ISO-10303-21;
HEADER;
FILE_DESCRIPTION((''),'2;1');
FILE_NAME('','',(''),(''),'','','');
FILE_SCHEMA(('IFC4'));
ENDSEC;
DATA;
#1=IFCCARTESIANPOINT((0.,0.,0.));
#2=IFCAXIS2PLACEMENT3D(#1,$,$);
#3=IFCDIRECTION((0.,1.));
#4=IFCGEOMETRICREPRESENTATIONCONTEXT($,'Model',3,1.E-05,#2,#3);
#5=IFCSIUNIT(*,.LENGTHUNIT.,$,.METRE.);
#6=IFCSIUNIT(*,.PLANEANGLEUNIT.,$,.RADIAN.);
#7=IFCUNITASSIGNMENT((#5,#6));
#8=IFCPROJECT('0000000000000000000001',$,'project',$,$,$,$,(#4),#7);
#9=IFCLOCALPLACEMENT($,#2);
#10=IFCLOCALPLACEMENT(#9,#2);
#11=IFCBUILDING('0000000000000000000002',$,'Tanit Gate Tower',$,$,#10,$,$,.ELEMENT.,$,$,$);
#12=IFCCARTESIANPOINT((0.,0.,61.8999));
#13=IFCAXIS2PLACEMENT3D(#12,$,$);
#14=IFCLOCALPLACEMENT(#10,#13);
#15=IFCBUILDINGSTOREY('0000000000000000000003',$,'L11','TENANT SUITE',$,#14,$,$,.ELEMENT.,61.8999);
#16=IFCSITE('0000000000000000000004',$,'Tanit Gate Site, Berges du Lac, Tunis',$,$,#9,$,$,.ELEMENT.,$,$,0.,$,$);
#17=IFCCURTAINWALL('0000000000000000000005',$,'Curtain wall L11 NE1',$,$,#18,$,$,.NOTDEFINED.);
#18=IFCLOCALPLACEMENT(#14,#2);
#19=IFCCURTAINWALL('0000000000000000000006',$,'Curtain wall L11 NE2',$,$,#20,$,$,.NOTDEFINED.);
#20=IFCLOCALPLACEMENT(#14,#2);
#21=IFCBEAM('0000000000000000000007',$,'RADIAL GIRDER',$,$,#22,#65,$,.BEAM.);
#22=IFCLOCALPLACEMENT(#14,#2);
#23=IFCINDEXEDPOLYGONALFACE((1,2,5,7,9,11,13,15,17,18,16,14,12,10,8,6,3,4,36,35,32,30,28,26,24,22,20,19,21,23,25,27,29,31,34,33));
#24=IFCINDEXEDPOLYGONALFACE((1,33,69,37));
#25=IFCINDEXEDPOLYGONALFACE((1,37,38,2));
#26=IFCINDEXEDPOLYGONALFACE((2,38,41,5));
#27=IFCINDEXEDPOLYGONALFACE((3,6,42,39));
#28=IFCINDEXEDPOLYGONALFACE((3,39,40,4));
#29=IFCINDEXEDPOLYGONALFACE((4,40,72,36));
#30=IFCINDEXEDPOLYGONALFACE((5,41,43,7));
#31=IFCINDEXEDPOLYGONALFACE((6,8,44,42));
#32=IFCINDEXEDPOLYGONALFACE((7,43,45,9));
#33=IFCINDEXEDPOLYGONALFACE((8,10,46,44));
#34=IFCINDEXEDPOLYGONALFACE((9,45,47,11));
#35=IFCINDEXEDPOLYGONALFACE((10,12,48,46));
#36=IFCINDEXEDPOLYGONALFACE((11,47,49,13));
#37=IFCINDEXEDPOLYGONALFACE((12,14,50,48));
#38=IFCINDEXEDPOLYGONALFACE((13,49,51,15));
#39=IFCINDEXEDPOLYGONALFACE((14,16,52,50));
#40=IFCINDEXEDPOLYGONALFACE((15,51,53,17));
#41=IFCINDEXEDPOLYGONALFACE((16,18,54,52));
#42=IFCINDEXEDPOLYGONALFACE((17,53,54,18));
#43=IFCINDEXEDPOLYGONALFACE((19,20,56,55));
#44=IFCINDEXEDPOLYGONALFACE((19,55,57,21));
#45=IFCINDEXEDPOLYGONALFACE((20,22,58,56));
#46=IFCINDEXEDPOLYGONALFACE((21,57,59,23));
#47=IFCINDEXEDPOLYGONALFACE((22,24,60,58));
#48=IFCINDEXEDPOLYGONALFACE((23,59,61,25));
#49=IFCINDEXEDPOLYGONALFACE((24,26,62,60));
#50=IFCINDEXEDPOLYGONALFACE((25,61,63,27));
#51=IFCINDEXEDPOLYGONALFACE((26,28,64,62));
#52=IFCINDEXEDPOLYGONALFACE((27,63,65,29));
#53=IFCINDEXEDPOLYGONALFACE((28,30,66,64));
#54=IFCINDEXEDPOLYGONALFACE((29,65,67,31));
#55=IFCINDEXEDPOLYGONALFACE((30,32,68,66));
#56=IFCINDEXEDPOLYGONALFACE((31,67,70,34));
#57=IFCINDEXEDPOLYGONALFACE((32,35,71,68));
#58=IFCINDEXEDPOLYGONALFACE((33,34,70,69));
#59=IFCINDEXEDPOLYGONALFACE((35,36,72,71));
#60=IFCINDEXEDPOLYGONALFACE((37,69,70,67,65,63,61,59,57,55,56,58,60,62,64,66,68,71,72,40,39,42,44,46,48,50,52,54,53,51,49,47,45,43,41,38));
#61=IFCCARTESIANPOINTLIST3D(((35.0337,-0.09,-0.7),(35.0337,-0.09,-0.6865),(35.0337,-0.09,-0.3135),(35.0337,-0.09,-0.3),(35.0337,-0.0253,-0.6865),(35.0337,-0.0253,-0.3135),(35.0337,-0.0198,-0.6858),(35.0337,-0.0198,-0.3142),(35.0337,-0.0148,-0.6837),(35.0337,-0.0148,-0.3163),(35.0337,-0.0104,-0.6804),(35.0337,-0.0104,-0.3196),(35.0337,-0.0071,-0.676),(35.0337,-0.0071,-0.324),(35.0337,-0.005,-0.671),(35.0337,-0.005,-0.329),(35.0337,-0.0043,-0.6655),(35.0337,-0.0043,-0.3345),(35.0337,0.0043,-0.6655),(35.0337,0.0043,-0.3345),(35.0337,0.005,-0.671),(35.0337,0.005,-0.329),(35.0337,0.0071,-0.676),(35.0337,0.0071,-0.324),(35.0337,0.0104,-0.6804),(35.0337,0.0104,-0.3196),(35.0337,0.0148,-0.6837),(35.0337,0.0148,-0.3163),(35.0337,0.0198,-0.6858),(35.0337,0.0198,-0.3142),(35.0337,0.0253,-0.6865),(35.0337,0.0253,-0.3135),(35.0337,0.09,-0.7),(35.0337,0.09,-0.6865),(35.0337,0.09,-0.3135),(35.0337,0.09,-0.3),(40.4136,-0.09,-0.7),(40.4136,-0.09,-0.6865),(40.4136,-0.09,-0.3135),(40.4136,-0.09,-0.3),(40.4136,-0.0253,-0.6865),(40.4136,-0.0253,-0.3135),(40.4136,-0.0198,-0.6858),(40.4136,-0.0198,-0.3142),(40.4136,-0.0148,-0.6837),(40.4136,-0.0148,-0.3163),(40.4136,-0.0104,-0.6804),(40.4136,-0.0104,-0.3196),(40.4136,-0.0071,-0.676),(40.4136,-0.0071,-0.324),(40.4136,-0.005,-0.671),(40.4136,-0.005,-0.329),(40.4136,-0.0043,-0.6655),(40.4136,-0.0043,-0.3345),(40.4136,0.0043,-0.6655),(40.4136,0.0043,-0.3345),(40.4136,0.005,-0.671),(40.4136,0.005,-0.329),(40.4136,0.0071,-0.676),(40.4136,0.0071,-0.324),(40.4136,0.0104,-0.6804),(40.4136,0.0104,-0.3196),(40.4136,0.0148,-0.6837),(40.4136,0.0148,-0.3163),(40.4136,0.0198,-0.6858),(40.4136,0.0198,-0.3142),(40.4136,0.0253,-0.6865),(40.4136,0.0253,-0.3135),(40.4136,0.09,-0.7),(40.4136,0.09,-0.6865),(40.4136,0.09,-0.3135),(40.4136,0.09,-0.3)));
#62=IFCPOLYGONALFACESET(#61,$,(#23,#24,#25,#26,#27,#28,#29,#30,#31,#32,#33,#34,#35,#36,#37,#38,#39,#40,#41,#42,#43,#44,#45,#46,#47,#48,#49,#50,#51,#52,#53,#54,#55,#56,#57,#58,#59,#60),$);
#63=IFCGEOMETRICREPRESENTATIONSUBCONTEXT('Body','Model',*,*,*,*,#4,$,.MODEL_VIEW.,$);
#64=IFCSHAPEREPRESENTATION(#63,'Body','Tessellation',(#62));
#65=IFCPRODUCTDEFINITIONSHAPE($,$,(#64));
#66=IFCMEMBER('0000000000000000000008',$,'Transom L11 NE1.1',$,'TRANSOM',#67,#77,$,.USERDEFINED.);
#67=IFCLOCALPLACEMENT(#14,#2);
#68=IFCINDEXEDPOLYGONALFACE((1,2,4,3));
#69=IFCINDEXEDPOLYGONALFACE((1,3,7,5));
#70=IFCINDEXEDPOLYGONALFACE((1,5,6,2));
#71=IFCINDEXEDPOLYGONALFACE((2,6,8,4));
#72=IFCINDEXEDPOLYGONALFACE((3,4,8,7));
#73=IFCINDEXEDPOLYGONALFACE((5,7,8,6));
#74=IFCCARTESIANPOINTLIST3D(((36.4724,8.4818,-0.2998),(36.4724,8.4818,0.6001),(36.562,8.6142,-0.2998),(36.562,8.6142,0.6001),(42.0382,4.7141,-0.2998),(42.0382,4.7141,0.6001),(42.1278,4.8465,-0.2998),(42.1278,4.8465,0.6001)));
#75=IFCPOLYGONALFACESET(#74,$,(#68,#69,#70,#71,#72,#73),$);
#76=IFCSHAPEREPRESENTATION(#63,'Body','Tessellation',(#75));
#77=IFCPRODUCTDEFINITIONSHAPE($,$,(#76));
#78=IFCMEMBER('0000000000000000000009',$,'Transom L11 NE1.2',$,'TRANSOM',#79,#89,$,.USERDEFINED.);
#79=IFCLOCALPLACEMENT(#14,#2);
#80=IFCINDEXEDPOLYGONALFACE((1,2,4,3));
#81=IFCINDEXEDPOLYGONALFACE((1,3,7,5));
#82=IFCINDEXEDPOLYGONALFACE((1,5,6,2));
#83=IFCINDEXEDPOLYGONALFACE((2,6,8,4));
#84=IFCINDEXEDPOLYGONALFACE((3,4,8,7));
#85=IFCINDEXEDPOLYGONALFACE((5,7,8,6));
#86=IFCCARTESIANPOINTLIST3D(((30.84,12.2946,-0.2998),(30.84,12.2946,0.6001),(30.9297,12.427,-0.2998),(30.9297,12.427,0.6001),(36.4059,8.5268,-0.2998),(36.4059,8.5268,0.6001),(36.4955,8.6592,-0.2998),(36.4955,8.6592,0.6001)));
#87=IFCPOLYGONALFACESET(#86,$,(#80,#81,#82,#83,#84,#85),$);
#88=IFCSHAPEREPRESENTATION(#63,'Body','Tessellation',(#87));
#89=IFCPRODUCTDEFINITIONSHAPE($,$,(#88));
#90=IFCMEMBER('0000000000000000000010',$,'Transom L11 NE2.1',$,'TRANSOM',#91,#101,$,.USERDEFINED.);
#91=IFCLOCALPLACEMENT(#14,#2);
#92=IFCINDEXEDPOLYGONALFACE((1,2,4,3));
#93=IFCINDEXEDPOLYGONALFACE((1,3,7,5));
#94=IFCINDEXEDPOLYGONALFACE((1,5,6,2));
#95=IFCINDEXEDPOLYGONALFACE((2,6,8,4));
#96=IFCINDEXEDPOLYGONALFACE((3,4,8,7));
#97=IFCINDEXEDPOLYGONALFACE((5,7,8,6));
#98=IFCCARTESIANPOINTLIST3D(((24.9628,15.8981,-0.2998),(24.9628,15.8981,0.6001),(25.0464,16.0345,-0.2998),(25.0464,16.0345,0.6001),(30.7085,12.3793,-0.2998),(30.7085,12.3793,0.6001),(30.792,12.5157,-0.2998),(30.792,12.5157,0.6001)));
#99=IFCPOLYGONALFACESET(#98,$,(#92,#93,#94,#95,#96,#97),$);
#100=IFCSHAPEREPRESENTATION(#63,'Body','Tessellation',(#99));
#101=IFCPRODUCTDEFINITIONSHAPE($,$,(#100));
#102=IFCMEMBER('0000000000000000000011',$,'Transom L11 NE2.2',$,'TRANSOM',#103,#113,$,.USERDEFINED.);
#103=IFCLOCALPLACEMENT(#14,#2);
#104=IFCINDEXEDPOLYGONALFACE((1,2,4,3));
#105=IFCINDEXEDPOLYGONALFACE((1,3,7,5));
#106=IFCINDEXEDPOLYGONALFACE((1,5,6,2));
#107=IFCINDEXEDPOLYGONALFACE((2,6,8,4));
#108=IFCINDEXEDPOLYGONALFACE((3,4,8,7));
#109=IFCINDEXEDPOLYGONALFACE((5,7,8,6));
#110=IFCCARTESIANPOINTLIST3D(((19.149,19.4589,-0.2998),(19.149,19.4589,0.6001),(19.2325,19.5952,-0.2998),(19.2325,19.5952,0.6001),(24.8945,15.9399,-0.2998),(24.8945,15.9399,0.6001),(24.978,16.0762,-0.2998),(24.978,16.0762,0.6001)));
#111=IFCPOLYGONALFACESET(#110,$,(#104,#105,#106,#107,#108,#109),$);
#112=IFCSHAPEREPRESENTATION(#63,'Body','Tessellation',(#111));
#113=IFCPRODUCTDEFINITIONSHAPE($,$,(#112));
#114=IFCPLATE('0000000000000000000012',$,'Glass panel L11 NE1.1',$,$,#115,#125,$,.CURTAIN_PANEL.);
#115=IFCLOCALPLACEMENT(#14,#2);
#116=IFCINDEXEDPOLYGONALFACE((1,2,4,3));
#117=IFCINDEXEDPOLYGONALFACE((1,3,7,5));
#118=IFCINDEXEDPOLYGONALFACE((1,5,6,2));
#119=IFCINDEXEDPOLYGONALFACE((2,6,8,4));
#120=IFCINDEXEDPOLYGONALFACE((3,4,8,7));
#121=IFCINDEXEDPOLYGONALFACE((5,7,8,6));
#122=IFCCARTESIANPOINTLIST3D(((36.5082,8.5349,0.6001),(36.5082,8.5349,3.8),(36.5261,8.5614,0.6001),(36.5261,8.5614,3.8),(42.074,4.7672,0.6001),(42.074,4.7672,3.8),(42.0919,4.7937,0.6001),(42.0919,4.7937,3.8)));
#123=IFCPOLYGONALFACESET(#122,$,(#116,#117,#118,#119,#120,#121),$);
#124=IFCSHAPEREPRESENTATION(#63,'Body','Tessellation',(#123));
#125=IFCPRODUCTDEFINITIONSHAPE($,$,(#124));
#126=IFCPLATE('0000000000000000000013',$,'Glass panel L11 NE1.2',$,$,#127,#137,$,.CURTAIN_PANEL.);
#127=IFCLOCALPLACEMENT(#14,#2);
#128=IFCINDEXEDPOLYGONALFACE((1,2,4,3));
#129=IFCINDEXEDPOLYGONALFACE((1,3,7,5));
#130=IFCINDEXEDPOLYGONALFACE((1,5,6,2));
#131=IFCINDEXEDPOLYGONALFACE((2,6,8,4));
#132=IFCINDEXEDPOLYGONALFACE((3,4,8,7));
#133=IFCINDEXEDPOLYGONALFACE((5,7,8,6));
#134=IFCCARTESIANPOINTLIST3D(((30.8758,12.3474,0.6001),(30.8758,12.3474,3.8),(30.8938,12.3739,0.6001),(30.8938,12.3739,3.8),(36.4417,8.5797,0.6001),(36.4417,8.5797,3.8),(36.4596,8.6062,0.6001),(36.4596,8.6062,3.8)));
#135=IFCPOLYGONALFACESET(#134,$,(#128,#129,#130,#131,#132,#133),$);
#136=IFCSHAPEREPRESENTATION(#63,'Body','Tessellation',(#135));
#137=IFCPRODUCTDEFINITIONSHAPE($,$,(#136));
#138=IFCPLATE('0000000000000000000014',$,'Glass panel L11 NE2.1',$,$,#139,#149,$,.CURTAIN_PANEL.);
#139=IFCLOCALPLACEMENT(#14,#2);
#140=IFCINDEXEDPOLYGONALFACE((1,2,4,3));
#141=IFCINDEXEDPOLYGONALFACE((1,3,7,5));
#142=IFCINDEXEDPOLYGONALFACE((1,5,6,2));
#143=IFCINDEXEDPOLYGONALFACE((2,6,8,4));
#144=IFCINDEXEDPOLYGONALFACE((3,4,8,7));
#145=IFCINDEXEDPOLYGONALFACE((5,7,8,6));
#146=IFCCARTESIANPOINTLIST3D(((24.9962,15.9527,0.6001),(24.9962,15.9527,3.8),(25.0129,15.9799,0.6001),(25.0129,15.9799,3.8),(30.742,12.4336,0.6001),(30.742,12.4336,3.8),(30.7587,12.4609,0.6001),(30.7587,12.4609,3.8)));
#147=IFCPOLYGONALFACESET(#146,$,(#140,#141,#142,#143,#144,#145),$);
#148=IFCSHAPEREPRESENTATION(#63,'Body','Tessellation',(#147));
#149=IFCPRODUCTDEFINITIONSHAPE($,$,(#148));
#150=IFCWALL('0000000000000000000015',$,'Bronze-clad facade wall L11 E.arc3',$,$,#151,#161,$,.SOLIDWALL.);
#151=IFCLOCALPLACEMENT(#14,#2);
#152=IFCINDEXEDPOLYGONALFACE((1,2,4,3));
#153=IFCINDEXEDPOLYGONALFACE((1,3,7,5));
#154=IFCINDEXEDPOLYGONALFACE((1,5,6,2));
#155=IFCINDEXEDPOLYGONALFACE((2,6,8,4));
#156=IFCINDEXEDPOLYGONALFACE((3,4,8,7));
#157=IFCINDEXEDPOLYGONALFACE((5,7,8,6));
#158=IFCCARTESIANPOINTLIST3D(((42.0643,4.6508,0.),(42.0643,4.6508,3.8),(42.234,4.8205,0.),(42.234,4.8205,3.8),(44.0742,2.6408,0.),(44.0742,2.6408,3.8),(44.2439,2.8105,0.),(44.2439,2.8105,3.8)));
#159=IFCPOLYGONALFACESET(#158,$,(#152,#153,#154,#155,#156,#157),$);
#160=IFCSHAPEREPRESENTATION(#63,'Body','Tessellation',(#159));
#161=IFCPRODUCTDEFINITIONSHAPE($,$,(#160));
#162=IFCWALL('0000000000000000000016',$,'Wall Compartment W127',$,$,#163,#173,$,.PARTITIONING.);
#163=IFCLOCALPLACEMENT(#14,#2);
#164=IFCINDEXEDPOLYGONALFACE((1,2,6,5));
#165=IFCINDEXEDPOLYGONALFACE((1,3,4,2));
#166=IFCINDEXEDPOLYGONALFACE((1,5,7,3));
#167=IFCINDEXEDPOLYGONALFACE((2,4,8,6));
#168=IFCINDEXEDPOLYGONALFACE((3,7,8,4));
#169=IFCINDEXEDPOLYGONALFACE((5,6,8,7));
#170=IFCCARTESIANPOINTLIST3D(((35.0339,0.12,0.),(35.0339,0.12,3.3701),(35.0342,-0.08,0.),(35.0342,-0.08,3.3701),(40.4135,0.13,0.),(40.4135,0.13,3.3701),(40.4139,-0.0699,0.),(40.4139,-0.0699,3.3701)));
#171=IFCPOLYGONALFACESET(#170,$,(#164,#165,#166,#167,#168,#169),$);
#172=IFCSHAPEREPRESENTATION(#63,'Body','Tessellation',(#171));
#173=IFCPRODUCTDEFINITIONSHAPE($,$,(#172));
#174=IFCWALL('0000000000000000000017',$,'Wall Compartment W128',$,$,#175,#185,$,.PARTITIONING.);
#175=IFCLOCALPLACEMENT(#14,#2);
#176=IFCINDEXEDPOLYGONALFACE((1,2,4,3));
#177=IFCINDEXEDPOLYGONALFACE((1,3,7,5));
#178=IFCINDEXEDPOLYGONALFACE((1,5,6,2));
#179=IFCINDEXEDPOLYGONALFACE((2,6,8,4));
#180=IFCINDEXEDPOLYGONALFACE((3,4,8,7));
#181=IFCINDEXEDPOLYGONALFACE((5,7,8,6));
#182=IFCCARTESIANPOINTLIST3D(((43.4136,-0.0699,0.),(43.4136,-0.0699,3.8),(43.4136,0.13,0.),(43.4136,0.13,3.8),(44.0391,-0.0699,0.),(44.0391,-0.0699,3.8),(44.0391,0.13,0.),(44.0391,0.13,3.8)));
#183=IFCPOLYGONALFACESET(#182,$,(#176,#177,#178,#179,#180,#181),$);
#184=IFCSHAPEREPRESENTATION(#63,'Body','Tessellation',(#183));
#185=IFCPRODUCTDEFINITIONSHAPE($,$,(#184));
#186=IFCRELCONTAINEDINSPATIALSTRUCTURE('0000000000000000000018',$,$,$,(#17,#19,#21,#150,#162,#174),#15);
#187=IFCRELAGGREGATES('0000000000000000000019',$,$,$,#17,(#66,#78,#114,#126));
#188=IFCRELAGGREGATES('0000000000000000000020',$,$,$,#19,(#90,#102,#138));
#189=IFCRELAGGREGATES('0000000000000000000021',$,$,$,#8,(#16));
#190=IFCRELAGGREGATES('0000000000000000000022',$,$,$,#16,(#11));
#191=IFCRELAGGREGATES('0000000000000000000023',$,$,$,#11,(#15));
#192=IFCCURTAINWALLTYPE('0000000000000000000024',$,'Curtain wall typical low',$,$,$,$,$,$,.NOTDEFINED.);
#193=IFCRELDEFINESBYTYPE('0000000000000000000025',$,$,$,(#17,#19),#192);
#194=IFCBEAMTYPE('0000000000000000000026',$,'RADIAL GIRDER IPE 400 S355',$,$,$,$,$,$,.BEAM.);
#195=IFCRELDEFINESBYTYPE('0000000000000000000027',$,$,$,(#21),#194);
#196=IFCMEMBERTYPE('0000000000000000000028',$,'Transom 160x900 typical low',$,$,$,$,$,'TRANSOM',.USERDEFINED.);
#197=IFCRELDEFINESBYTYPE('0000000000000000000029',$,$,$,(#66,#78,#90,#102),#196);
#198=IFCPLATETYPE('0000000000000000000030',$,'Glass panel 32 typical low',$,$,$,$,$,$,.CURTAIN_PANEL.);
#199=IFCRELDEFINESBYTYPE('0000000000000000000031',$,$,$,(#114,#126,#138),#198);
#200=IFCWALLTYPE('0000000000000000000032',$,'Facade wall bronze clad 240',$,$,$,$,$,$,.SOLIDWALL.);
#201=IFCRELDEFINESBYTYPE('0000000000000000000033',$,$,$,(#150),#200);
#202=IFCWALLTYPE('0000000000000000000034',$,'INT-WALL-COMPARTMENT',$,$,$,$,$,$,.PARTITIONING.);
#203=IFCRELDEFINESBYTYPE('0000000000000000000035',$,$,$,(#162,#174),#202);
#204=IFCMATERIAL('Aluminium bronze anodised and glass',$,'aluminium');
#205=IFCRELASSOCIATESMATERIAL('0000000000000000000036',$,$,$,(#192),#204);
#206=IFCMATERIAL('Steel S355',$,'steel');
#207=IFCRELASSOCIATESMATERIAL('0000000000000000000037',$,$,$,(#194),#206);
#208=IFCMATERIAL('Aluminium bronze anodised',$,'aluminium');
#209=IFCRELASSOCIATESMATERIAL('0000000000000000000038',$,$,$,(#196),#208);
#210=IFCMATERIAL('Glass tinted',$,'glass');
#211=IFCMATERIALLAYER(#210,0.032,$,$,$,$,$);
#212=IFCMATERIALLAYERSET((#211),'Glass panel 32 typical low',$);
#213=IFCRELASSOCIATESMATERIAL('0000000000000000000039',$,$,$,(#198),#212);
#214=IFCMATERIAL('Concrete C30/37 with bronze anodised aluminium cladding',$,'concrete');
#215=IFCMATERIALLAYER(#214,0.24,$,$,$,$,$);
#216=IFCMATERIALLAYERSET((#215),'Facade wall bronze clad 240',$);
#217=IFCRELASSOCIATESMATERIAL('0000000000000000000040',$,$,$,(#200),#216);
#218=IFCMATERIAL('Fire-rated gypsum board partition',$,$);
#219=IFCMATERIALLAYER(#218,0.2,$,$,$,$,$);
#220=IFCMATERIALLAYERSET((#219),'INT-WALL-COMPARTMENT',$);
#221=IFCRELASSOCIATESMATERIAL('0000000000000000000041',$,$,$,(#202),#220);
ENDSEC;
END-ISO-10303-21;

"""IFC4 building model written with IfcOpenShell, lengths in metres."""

from ifc_helpers import new_model, si_unit, direction, frame, frame_2d, origin, origin_2d, place, context, subcontext, project, spatial, rectangle, i_section, extrude, material, layer, layer_set, material_profile, profile_set, type_object, element, aggregate, save


model = new_model("IFC4")

# Units and contexts
model_context = context("Model", 3, precision=1e-05, world=origin(), true_north=direction((0.0, 1.0)))
body_context = subcontext(model_context, "Body", "Model", "MODEL_VIEW")
ifc_project = project(units=[si_unit("LENGTHUNIT", "METRE"), si_unit("PLANEANGLEUNIT", "RADIAN")], contexts=[model_context])

# Site, building, storey
site_placement = place(None, origin())
site = spatial("IfcSite", under=ifc_project, at=site_placement, Name="Tanit Gate Site, Berges du Lac, Tunis", CompositionType="ELEMENT", RefElevation=0.0)
building_placement = place(site_placement, origin())
building = spatial("IfcBuilding", under=site, at=building_placement, Name="Tanit Gate Tower", CompositionType="ELEMENT")
storey_placement = place(building_placement, frame((0.0, 0.0, 61.8999)))
storey = spatial("IfcBuildingStorey", under=building, at=storey_placement, Name="L11", Description="TENANT SUITE", CompositionType="ELEMENT", Elevation=61.8999)

# Curtain walls
ifc_material_1 = material(Name="Aluminium bronze anodised and glass", Category="aluminium")
curtain_wall_type = type_object("IfcCurtainWallType", Name="Curtain wall typical low", PredefinedType="NOTDEFINED", material=ifc_material_1)
curtain_wall_1_placement = place(storey_placement, origin())
curtain_wall_1 = element("IfcCurtainWall", 1, at=curtain_wall_1_placement, inside=storey, type_object=curtain_wall_type, Name="Curtain wall L11 NE1", PredefinedType="NOTDEFINED")
curtain_wall_2_placement = place(storey_placement, origin())
curtain_wall_2 = element("IfcCurtainWall", 2, at=curtain_wall_2_placement, inside=storey, type_object=curtain_wall_type, Name="Curtain wall L11 NE2", PredefinedType="NOTDEFINED")

# Beam
ifc_material_2 = material(Name="Steel S355", Category="steel")
ifc_material_profile_1 = material_profile(ifc_material_2, i_section(OverallWidth=0.1799, OverallDepth=0.3999, WebThickness=0.0085, FlangeThickness=0.0134, FilletRadius=0.021, at=origin_2d()), Name="IPE 400")
ifc_profile_set_1 = profile_set([ifc_material_profile_1], Name="Steel S355")
beam_type_1 = type_object("IfcBeamType", Name="RADIAL GIRDER IPE 400 S355", PredefinedType="BEAM", material=ifc_profile_set_1)
beam_1_placement = place(storey_placement, frame((40.4136, 0.0, -0.5), z_axis=(-1.0, 0.0, 0.0), x_axis=(0.0, -1.0, 0.0)))
element("IfcBeam", 3, at=beam_1_placement, inside=storey, type_object=beam_type_1, Name="RADIAL GIRDER", PredefinedType="BEAM", context=body_context, shape_type="SweptSolid", body=[
    extrude(i_section(OverallWidth=0.1799, OverallDepth=0.3999, WebThickness=0.0085, FlangeThickness=0.0134, FilletRadius=0.021, at=origin_2d()), origin(), (0.0, 0.0, 1.0), 5.3799),
])

# Members
ifc_material_3 = material(Name="Aluminium bronze anodised", Category="aluminium")
ifc_material_profile_2 = material_profile(ifc_material_3, rectangle(XDim=0.1599, YDim=0.8999, at=origin_2d()), Name="160x900 bronze transom")
ifc_profile_set_2 = profile_set([ifc_material_profile_2], Name="Aluminium bronze anodised")
member_type_1 = type_object("IfcMemberType", Name="Transom 160x900 typical low", ElementType="TRANSOM", PredefinedType="USERDEFINED", material=ifc_profile_set_2)
member_1_placement = place(storey_placement, frame((42.083, 4.7803, 0.1501), z_axis=(-0.828101, 0.560579, 0.0), x_axis=(-0.560579, -0.828101, 0.0)))
member_1 = element("IfcMember", 4, at=member_1_placement, type_object=member_type_1, Name="Transom L11 NE1.1", ObjectType="TRANSOM", PredefinedType="USERDEFINED", context=body_context, shape_type="SweptSolid", body=[
    extrude(rectangle(XDim=0.1599, YDim=0.8999, at=origin_2d()), origin(), (0.0, 0.0, 1.0), 6.7212),
])
member_2_placement = place(storey_placement, frame((36.4507, 8.593, 0.1501), z_axis=(-0.828101, 0.560579, 0.0), x_axis=(-0.560579, -0.828101, 0.0)))
member_2 = element("IfcMember", 5, at=member_2_placement, type_object=member_type_1, Name="Transom L11 NE1.2", ObjectType="TRANSOM", PredefinedType="USERDEFINED", context=body_context, shape_type="SweptSolid", body=[
    extrude(rectangle(XDim=0.1599, YDim=0.8999, at=origin_2d()), origin(), (0.0, 0.0, 1.0), 6.7212),
])
member_3_placement = place(storey_placement, frame((30.7502, 12.4475, 0.1501), z_axis=(-0.85278, 0.522271, 0.0), x_axis=(-0.522271, -0.85278, 0.0)))
member_3 = element("IfcMember", 6, at=member_3_placement, type_object=member_type_1, Name="Transom L11 NE2.1", ObjectType="TRANSOM", PredefinedType="USERDEFINED", context=body_context, shape_type="SweptSolid", body=[
    extrude(rectangle(XDim=0.1599, YDim=0.8999, at=origin_2d()), origin(), (0.0, 0.0, 1.0), 6.7375),
])
member_4_placement = place(storey_placement, frame((24.9363, 16.0081, 0.1501), z_axis=(-0.852764, 0.522297, 0.0), x_axis=(-0.522297, -0.852764, 0.0)))
member_4 = element("IfcMember", 7, at=member_4_placement, type_object=member_type_1, Name="Transom L11 NE2.2", ObjectType="TRANSOM", PredefinedType="USERDEFINED", context=body_context, shape_type="SweptSolid", body=[
    extrude(rectangle(XDim=0.1599, YDim=0.8999, at=origin_2d()), origin(), (0.0, 0.0, 1.0), 6.7375),
])

# Plates
ifc_material_4 = material(Name="Glass tinted", Category="glass")
ifc_layer_1 = layer(ifc_material_4, 0.032)
ifc_layer_set_1 = layer_set([ifc_layer_1], Name="Glass panel 32 typical low")
plate_type = type_object("IfcPlateType", Name="Glass panel 32 typical low", PredefinedType="CURTAIN_PANEL", material=ifc_layer_set_1)
plate_1_placement = place(storey_placement, frame((39.3, 6.6643, 0.6001), z_axis=(0.0, 0.0, 1.0), x_axis=(-0.828105, 0.560574, 0.0)))
plate_1 = element("IfcPlate", 8, at=plate_1_placement, type_object=plate_type, Name="Glass panel L11 NE1.1", PredefinedType="CURTAIN_PANEL", context=body_context, shape_type="SweptSolid", body=[
    extrude(rectangle(XDim=6.7212, YDim=0.032, at=origin_2d()), origin(), (0.0, 0.0, 1.0), 3.2),
])
plate_2_placement = place(storey_placement, frame((33.6677, 10.4768, 0.6001), z_axis=(0.0, 0.0, 1.0), x_axis=(-0.828105, 0.560574, 0.0)))
plate_2 = element("IfcPlate", 9, at=plate_2_placement, type_object=plate_type, Name="Glass panel L11 NE1.2", PredefinedType="CURTAIN_PANEL", context=body_context, shape_type="SweptSolid", body=[
    extrude(rectangle(XDim=6.7212, YDim=0.032, at=origin_2d()), origin(), (0.0, 0.0, 1.0), 3.2),
])
aggregate(curtain_wall_1, [member_1, member_2, plate_1, plate_2])
plate_3_placement = place(storey_placement, frame((27.8774, 14.2068, 0.6001), z_axis=(0.0, 0.0, 1.0), x_axis=(-0.852772, 0.522283, 0.0)))
plate_3 = element("IfcPlate", 10, at=plate_3_placement, type_object=plate_type, Name="Glass panel L11 NE2.1", PredefinedType="CURTAIN_PANEL", context=body_context, shape_type="SweptSolid", body=[
    extrude(rectangle(XDim=6.7378, YDim=0.032, at=origin_2d()), origin(), (0.0, 0.0, 1.0), 3.2),
])
aggregate(curtain_wall_2, [member_3, member_4, plate_3])

# Walls
ifc_material_5 = material(Name="Concrete C30/37 with bronze anodised aluminium cladding", Category="concrete")
ifc_layer_2 = layer(ifc_material_5, 0.24)
ifc_layer_set_2 = layer_set([ifc_layer_2], Name="Facade wall bronze clad 240")
wall_type_1 = type_object("IfcWallType", Name="Facade wall bronze clad 240", PredefinedType="SOLIDWALL", material=ifc_layer_set_2)
wall_1_placement = place(storey_placement, frame((44.1592, 2.7256, 0.0), z_axis=(0.0, 0.0, 1.0), x_axis=(-0.707107, 0.707107, 0.0)))
element("IfcWall", 11, at=wall_1_placement, inside=storey, type_object=wall_type_1, Name="Bronze-clad facade wall L11 E.arc3", PredefinedType="SOLIDWALL", context=body_context, shape_type="SweptSolid", body=[
    extrude(rectangle(XDim=2.8425, YDim=0.24, at=frame_2d((1.4214, 0.0))), origin(), (0.0, 0.0, 1.0), 3.8),
])
ifc_material_6 = material(Name="Fire-rated gypsum board partition")
ifc_layer_3 = layer(ifc_material_6, 0.2)
ifc_layer_set_3 = layer_set([ifc_layer_3], Name="INT-WALL-COMPARTMENT")
wall_type_2 = type_object("IfcWallType", Name="INT-WALL-COMPARTMENT", PredefinedType="PARTITIONING", material=ifc_layer_set_3)
wall_2_placement = place(storey_placement, frame((35.0339, 0.02, 0.0), z_axis=(0.0, 0.0, 1.0), x_axis=(0.999998, 0.001861, 0.0)))
element("IfcWall", 12, at=wall_2_placement, inside=storey, type_object=wall_type_2, Name="Wall Compartment W127", PredefinedType="PARTITIONING", context=body_context, shape_type="SweptSolid", body=[
    extrude(rectangle(XDim=5.3796, YDim=0.2, at=frame_2d((2.6899, 0.0))), origin(), (0.0, 0.0, 1.0), 3.3701),
])
wall_3_placement = place(storey_placement, frame((43.4136, 0.03, 0.0), z_axis=(0.0, 0.0, 1.0), x_axis=(1.0, 0.0, 0.0)))
element("IfcWall", 13, at=wall_3_placement, inside=storey, type_object=wall_type_2, Name="Wall Compartment W128", PredefinedType="PARTITIONING", context=body_context, shape_type="SweptSolid", body=[
    extrude(rectangle(XDim=0.6255, YDim=0.2, at=frame_2d((0.3127, 0.0))), origin(), (0.0, 0.0, 1.0), 3.8),
])

save(model, "model.ifc")
